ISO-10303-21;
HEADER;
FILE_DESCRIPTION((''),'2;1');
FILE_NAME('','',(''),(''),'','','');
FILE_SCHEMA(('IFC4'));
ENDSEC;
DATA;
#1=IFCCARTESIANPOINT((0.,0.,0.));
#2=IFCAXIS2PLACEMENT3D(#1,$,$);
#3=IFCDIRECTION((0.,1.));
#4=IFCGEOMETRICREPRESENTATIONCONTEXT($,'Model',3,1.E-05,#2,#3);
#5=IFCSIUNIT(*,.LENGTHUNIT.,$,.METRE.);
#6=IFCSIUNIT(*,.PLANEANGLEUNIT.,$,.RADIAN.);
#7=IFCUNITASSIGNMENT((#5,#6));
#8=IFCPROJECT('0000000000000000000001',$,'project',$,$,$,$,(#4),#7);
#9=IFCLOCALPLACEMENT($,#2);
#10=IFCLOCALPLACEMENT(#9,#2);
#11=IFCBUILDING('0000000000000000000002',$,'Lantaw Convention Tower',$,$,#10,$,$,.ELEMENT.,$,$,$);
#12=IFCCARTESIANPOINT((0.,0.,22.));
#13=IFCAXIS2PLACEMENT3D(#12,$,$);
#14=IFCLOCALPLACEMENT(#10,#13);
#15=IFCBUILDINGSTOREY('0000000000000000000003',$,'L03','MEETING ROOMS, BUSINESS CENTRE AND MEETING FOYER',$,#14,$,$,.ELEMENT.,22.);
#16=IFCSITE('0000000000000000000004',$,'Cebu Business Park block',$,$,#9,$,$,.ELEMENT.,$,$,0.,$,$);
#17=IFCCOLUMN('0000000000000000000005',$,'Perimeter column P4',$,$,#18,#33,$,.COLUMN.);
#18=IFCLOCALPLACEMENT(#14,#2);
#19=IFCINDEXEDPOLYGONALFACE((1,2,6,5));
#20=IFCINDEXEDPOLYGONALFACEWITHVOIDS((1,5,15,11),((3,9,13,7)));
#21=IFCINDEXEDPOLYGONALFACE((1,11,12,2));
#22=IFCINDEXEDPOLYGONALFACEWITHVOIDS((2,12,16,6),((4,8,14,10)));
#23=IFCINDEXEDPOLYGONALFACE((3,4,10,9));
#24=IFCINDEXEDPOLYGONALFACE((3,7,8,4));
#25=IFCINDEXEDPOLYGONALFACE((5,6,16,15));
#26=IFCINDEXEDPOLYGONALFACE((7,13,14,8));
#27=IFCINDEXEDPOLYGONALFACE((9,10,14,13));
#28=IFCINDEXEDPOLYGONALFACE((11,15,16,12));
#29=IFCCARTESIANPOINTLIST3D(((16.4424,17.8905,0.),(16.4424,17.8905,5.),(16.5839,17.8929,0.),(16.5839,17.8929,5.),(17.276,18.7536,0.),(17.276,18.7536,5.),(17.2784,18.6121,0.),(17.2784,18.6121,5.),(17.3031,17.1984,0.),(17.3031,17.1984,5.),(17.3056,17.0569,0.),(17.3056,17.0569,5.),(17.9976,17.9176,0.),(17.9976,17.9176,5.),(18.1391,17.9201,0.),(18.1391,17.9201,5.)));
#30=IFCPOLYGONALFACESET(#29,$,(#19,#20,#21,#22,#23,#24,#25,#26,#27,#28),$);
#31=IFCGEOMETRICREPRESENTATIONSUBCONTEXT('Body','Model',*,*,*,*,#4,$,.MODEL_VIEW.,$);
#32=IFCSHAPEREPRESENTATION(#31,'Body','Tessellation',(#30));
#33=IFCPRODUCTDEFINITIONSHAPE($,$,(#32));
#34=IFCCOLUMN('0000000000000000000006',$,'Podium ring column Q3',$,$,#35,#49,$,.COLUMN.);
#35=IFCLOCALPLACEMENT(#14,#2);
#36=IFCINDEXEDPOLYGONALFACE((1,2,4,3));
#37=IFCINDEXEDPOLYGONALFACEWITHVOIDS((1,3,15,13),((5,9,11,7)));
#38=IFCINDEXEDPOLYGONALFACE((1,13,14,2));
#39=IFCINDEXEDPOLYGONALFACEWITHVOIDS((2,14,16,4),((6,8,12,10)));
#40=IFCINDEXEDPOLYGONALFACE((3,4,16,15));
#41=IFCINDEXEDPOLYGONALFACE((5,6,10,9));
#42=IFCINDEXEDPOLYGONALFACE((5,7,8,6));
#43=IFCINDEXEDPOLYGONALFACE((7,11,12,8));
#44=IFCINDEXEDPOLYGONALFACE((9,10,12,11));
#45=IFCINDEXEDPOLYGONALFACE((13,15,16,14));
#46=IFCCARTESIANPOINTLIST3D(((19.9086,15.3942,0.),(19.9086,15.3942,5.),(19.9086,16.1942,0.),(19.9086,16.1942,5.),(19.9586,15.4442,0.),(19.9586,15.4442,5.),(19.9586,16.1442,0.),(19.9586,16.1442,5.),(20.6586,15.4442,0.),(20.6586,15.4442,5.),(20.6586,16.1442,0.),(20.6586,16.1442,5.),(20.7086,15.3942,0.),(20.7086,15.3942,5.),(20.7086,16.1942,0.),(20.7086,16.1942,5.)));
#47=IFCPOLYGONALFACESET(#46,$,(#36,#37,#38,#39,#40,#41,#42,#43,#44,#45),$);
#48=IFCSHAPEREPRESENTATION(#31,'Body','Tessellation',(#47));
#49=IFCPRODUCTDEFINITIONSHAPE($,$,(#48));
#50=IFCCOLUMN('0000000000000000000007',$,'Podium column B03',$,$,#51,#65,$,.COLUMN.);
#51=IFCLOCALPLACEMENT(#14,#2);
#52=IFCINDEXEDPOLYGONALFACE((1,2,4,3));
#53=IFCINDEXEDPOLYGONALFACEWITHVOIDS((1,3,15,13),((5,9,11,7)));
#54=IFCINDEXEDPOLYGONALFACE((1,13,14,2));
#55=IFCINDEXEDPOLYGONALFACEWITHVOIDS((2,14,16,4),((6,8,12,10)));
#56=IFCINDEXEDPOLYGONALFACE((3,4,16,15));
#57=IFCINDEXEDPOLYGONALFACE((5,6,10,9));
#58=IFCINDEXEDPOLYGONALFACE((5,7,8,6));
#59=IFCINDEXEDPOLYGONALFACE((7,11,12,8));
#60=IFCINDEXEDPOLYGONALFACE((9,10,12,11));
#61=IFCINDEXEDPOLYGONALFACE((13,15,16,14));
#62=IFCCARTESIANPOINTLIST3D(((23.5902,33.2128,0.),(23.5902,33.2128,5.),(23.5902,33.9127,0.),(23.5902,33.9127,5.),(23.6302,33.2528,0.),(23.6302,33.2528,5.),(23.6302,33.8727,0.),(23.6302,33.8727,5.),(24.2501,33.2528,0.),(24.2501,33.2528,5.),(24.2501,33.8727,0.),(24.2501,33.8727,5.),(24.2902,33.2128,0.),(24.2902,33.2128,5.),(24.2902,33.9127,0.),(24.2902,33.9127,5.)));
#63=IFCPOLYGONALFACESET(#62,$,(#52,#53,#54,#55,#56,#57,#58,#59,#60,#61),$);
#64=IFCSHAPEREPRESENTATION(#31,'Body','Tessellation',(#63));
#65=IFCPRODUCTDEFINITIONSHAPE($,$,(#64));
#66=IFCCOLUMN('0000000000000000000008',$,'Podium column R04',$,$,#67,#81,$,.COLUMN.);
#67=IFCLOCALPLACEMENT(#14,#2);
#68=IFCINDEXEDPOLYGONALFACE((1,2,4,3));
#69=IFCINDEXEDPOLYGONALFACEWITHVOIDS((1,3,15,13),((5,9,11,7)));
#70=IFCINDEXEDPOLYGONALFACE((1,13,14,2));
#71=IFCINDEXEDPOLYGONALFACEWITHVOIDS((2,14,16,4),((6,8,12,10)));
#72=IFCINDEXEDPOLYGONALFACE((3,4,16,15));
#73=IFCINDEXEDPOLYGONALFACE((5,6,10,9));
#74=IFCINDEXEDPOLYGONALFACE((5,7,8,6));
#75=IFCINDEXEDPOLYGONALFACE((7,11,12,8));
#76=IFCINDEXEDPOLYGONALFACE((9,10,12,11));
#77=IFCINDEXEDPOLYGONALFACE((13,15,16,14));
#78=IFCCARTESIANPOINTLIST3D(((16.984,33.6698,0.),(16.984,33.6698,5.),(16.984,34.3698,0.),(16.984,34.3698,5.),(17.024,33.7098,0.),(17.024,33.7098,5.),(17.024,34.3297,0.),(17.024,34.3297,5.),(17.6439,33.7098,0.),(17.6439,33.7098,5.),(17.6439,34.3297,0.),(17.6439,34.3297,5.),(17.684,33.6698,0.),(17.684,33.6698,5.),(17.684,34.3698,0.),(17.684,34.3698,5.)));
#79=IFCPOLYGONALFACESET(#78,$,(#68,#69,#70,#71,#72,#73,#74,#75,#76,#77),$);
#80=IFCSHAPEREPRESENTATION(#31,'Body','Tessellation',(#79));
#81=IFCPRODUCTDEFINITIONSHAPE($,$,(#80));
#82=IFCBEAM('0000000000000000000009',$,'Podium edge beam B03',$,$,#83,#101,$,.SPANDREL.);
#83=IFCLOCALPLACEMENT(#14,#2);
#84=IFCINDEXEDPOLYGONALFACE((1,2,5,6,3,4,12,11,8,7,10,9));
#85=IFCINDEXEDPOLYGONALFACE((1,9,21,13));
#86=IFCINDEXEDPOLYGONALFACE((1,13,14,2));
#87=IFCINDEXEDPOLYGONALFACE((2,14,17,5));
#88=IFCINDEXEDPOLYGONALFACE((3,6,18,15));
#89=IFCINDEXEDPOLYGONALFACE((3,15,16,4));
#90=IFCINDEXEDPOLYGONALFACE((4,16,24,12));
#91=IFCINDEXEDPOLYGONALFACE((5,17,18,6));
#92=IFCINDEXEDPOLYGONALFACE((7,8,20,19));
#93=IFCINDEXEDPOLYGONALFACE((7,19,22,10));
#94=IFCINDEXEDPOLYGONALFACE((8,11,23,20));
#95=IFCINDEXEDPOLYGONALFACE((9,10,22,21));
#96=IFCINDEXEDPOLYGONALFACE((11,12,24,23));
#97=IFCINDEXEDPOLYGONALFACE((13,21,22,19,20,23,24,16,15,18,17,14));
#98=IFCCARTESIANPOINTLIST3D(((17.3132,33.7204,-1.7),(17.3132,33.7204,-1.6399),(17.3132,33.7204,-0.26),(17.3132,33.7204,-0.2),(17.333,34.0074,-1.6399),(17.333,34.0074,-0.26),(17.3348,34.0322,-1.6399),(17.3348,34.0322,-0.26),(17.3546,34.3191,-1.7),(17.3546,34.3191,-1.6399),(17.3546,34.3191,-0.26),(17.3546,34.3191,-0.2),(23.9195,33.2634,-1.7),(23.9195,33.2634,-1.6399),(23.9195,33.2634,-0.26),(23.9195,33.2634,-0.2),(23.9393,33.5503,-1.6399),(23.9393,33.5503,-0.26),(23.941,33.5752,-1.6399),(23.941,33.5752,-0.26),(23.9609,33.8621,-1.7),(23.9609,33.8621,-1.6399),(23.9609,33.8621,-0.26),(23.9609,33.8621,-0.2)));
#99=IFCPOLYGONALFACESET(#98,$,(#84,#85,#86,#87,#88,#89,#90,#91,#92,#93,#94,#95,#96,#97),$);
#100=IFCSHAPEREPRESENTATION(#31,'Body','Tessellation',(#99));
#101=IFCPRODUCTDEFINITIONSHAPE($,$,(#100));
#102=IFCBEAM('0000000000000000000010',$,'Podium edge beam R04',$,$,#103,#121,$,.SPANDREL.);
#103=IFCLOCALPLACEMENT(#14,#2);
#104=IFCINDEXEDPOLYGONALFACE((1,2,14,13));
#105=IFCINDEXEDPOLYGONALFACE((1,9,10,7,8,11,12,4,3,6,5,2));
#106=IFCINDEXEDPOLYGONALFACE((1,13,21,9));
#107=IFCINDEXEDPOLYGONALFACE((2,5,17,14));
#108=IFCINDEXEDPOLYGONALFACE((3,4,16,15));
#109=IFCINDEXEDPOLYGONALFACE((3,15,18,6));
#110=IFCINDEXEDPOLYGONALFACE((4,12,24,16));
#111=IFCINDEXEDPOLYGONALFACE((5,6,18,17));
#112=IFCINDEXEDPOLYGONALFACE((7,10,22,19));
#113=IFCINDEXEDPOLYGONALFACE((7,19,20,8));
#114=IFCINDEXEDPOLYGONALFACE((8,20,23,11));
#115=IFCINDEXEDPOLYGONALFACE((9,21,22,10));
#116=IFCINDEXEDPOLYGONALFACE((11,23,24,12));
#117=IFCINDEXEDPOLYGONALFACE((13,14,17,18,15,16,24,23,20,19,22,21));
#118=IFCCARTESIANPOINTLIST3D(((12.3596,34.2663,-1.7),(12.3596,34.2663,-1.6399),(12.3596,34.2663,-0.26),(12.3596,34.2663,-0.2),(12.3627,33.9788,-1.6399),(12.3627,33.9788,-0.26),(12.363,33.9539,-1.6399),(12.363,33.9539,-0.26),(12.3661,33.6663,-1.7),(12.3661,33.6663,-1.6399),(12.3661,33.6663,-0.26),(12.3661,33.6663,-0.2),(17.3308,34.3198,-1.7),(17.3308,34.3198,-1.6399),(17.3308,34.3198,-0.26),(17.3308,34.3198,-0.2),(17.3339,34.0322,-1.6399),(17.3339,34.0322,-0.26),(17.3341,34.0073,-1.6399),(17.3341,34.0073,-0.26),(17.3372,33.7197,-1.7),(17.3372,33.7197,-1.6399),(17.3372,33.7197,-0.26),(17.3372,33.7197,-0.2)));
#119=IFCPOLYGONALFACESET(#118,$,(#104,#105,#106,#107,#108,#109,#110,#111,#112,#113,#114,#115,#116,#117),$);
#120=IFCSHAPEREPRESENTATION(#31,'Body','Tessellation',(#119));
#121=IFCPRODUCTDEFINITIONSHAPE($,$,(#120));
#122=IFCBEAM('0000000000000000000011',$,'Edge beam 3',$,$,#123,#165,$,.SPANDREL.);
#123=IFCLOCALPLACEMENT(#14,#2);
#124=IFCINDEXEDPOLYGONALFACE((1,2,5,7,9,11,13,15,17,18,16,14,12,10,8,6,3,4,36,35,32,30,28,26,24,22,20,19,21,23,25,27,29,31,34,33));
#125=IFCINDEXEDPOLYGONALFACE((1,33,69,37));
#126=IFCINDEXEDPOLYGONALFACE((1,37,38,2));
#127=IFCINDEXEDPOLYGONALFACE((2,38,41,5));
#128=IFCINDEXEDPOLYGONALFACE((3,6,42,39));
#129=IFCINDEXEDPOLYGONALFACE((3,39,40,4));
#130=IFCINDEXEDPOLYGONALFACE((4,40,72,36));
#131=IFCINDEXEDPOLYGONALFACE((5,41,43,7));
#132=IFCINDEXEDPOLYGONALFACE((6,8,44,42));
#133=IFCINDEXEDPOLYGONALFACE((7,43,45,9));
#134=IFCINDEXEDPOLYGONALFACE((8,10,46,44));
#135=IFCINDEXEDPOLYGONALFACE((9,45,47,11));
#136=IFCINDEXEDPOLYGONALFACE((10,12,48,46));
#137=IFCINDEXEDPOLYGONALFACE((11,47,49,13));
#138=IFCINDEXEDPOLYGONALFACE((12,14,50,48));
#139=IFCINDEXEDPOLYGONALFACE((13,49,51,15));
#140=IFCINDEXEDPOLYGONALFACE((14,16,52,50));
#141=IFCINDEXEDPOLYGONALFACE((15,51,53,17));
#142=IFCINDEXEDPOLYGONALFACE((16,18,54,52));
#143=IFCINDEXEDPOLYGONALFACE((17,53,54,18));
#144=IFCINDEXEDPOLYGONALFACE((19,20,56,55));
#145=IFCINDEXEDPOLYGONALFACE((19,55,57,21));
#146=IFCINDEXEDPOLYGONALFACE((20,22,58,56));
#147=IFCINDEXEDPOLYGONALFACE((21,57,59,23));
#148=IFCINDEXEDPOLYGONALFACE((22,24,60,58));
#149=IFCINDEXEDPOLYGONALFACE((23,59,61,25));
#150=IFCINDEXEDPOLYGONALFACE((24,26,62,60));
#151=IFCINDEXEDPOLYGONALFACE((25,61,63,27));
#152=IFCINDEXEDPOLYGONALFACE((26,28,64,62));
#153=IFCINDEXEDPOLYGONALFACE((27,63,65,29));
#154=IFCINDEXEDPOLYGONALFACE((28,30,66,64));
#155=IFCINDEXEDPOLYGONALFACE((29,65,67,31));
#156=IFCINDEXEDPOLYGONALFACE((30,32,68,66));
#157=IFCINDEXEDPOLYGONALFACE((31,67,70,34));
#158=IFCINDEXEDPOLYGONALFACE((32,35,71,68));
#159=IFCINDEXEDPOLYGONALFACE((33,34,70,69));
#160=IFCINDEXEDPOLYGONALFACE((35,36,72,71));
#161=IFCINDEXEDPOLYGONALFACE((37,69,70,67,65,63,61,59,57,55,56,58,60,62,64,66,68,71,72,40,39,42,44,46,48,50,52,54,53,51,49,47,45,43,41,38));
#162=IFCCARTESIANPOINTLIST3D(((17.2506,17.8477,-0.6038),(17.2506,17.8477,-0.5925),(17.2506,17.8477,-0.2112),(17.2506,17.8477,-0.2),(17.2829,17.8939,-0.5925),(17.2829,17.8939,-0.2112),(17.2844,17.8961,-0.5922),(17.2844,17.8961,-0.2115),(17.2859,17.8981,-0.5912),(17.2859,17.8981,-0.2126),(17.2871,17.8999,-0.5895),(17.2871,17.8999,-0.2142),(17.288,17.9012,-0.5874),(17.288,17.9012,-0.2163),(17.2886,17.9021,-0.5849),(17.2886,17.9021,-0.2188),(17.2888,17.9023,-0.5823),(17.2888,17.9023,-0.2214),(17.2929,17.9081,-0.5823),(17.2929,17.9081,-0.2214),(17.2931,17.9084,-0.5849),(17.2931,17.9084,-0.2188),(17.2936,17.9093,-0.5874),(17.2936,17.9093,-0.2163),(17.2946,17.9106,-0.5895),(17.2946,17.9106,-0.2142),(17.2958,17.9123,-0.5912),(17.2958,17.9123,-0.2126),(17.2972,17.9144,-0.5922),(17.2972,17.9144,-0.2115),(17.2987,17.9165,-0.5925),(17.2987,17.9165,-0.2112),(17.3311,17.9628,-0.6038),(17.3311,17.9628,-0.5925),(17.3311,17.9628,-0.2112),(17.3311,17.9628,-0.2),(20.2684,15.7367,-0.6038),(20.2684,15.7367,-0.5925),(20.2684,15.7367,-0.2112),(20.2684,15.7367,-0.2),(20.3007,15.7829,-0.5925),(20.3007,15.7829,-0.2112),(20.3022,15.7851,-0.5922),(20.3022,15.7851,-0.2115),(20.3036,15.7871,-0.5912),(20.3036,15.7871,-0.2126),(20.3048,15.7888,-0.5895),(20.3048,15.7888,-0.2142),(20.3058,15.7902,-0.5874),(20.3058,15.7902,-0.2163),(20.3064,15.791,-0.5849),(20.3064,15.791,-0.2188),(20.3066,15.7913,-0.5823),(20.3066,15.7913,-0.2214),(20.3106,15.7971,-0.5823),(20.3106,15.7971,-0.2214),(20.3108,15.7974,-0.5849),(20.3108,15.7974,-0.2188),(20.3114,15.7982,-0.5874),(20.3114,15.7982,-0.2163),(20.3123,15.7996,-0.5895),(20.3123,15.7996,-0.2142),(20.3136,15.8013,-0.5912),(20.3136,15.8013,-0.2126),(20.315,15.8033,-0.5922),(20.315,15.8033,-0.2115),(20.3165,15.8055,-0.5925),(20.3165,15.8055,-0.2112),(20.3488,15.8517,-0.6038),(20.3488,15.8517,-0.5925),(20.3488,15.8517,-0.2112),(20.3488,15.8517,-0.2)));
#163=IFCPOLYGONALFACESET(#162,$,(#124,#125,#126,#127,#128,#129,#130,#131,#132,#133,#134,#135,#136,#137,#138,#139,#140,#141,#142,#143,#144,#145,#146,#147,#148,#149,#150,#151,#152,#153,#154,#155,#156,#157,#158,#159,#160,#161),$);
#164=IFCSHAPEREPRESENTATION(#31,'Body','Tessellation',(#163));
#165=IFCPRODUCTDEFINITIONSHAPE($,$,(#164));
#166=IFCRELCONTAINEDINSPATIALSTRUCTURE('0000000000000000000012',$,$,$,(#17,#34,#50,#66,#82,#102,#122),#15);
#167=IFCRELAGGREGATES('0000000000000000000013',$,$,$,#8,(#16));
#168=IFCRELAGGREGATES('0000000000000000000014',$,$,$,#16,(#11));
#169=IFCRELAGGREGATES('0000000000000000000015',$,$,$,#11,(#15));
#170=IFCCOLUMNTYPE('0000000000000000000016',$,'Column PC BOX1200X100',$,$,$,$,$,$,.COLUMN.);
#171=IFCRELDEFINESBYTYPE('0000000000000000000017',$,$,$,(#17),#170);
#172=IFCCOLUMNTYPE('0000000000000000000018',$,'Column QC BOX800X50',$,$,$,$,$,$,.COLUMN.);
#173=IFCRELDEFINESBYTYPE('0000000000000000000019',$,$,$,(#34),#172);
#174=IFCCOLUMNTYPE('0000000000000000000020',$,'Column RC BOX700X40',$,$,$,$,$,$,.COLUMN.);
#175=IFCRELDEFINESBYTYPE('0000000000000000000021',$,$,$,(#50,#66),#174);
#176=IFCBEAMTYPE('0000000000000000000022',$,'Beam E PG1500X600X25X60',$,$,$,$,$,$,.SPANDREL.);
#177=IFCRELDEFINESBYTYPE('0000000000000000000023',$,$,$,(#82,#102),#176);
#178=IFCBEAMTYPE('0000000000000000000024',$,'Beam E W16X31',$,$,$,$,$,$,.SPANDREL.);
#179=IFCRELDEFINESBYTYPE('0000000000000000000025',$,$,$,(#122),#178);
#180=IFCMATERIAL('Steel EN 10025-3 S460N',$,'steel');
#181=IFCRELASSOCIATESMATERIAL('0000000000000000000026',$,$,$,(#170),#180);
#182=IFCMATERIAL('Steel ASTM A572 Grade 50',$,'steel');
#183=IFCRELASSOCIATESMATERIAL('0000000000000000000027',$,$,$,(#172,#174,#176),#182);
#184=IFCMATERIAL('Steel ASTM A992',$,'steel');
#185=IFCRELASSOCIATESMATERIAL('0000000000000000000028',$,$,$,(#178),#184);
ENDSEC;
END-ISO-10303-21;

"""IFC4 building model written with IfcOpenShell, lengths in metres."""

from ifc_helpers import new_model, si_unit, direction, frame, origin, origin_2d, place, context, subcontext, project, spatial, rectangle, hollow_rectangle, i_section, extrude, material, material_profile, profile_set, type_object, element, save


model = new_model("IFC4")

# Units and contexts
model_context = context("Model", 3, precision=1e-05, world=origin(), true_north=direction((0.0, 1.0)))
body_context = subcontext(model_context, "Body", "Model", "MODEL_VIEW")
ifc_project = project(units=[si_unit("LENGTHUNIT", "METRE"), si_unit("PLANEANGLEUNIT", "RADIAN")], contexts=[model_context])

# Site, building, storey
site_placement = place(None, origin())
site = spatial("IfcSite", under=ifc_project, at=site_placement, Name="Cebu Business Park block", CompositionType="ELEMENT", RefElevation=0.0)
building_placement = place(site_placement, origin())
building = spatial("IfcBuilding", under=site, at=building_placement, Name="Lantaw Convention Tower", CompositionType="ELEMENT")
storey_placement = place(building_placement, frame((0.0, 0.0, 22.0)))
storey = spatial("IfcBuildingStorey", under=building, at=storey_placement, Name="L03", Description="MEETING ROOMS, BUSINESS CENTRE AND MEETING FOYER", CompositionType="ELEMENT", Elevation=22.0)

# Columns
ifc_material_1 = material(Name="Steel EN 10025-3 S460N", Category="steel")
ifc_material_profile_1 = material_profile(ifc_material_1, hollow_rectangle(XDim=1.2, YDim=1.2, WallThickness=0.1001, at=origin_2d()), Name="BOX1200X100")
ifc_material_2 = material(Name="Concrete C60/75", Category="concrete")
ifc_material_profile_2 = material_profile(ifc_material_2, rectangle(XDim=1.0, YDim=1.0, at=origin_2d()), Name="Concrete fill of BOX1200X100")
ifc_profile_set_1 = profile_set([ifc_material_profile_1, ifc_material_profile_2], Name="Steel EN 10025-3 S460N")
column_type_1 = type_object("IfcColumnType", Name="Column PC BOX1200X100", PredefinedType="COLUMN", material=ifc_profile_set_1)
column_1_placement = place(storey_placement, frame((17.2908, 17.9053, 0.0), z_axis=(0.0, 0.0, 1.0), x_axis=(0.694658, 0.71934, 0.0)))
element("IfcColumn", 1, at=column_1_placement, inside=storey, type_object=column_type_1, Name="Perimeter column P4", PredefinedType="COLUMN", context=body_context, shape_type="SweptSolid", body=[
    extrude(hollow_rectangle(XDim=1.2, YDim=1.2, WallThickness=0.1001, at=origin_2d()), origin(), (0.0, 0.0, 1.0), 5.0),
])
ifc_material_3 = material(Name="Steel ASTM A572 Grade 50", Category="steel")
ifc_material_profile_3 = material_profile(ifc_material_3, hollow_rectangle(XDim=0.8, YDim=0.8, WallThickness=0.05, at=origin_2d()), Name="BOX800X50")
ifc_profile_set_2 = profile_set([ifc_material_profile_3], Name="Steel ASTM A572 Grade 50")
column_type_2 = type_object("IfcColumnType", Name="Column QC BOX800X50", PredefinedType="COLUMN", material=ifc_profile_set_2)
column_2_placement = place(storey_placement, frame((20.3086, 15.7942, 0.0), z_axis=(0.0, 0.0, 1.0), x_axis=(1.0, 0.0, 0.0)))
element("IfcColumn", 2, at=column_2_placement, inside=storey, type_object=column_type_2, Name="Podium ring column Q3", PredefinedType="COLUMN", context=body_context, shape_type="SweptSolid", body=[
    extrude(hollow_rectangle(XDim=0.8, YDim=0.8, WallThickness=0.05, at=origin_2d()), origin(), (0.0, 0.0, 1.0), 5.0),
])
ifc_material_profile_4 = material_profile(ifc_material_3, hollow_rectangle(XDim=0.7, YDim=0.7, WallThickness=0.04, at=origin_2d()), Name="BOX700X40")
ifc_profile_set_3 = profile_set([ifc_material_profile_4], Name="Steel ASTM A572 Grade 50")
column_type_3 = type_object("IfcColumnType", Name="Column RC BOX700X40", PredefinedType="COLUMN", material=ifc_profile_set_3)
for number, where, z_axis, x_axis, name in (
    (3, (23.9402, 33.5627, 0.0), (0.0, 0.0, 1.0), (1.0, 0.0, 0.0), "Podium column B03"),
    (4, (17.334, 34.0198, 0.0), (0.0, 0.0, 1.0), (1.0, 0.0, 0.0), "Podium column R04"),
):
    element("IfcColumn", number, at=place(storey_placement, frame(where, z_axis=z_axis, x_axis=x_axis)), inside=storey, type_object=column_type_3, Name=name, PredefinedType="COLUMN", context=body_context, shape_type="SweptSolid", body=[
        extrude(hollow_rectangle(XDim=0.7, YDim=0.7, WallThickness=0.04, at=origin_2d()), origin(), (0.0, 0.0, 1.0), 5.0),
    ])

# Beams
ifc_material_profile_5 = material_profile(ifc_material_3, i_section(OverallWidth=0.6001, OverallDepth=1.5, WebThickness=0.0249, FlangeThickness=0.0601, at=origin_2d()), Name="PG1500X600X25X60")
ifc_profile_set_4 = profile_set([ifc_material_profile_5], Name="Steel ASTM A572 Grade 50")
beam_type_1 = type_object("IfcBeamType", Name="Beam E PG1500X600X25X60", PredefinedType="SPANDREL", material=ifc_profile_set_4)
beam_1_placement = place(storey_placement, frame((23.9402, 33.5627, -0.95), z_axis=(-0.997615, 0.069017, 0.0), x_axis=(-0.069017, -0.997615, 0.0)))
element("IfcBeam", 5, at=beam_1_placement, inside=storey, type_object=beam_type_1, Name="Podium edge beam B03", PredefinedType="SPANDREL", context=body_context, shape_type="SweptSolid", body=[
    extrude(i_section(OverallWidth=0.6001, OverallDepth=1.5, WebThickness=0.0249, FlangeThickness=0.0601, at=origin_2d()), origin(), (0.0, 0.0, 1.0), 6.6221),
])
beam_2_placement = place(storey_placement, frame((17.334, 34.0198, -0.95), z_axis=(-0.999942, -0.010755, 0.0), x_axis=(0.010755, -0.999942, 0.0)))
element("IfcBeam", 6, at=beam_2_placement, inside=storey, type_object=beam_type_1, Name="Podium edge beam R04", PredefinedType="SPANDREL", context=body_context, shape_type="SweptSolid", body=[
    extrude(i_section(OverallWidth=0.6001, OverallDepth=1.5, WebThickness=0.0249, FlangeThickness=0.0601, at=origin_2d()), origin(), (0.0, 0.0, 1.0), 4.9714),
])
ifc_material_4 = material(Name="Steel ASTM A992", Category="steel")
ifc_material_profile_6 = material_profile(ifc_material_4, i_section(OverallWidth=0.1404, OverallDepth=0.4038, WebThickness=0.0071, FlangeThickness=0.0112, FilletRadius=0.0103, at=origin_2d()), Name="W16X31")
ifc_profile_set_5 = profile_set([ifc_material_profile_6], Name="Steel ASTM A992")
beam_type_2 = type_object("IfcBeamType", Name="Beam E W16X31", PredefinedType="SPANDREL", material=ifc_profile_set_5)
beam_3_placement = place(storey_placement, frame((20.3086, 15.7942, -0.4019), z_axis=(-0.819409, 0.573209, 0.0), x_axis=(-0.573209, -0.819409, 0.0)))
element("IfcBeam", 7, at=beam_3_placement, inside=storey, type_object=beam_type_2, Name="Edge beam 3", PredefinedType="SPANDREL", context=body_context, shape_type="SweptSolid", body=[
    extrude(i_section(OverallWidth=0.1404, OverallDepth=0.4038, WebThickness=0.0071, FlangeThickness=0.0112, FilletRadius=0.0103, at=origin_2d()), origin(), (0.0, 0.0, 1.0), 3.6829),
])

save(model, "model.ifc")
